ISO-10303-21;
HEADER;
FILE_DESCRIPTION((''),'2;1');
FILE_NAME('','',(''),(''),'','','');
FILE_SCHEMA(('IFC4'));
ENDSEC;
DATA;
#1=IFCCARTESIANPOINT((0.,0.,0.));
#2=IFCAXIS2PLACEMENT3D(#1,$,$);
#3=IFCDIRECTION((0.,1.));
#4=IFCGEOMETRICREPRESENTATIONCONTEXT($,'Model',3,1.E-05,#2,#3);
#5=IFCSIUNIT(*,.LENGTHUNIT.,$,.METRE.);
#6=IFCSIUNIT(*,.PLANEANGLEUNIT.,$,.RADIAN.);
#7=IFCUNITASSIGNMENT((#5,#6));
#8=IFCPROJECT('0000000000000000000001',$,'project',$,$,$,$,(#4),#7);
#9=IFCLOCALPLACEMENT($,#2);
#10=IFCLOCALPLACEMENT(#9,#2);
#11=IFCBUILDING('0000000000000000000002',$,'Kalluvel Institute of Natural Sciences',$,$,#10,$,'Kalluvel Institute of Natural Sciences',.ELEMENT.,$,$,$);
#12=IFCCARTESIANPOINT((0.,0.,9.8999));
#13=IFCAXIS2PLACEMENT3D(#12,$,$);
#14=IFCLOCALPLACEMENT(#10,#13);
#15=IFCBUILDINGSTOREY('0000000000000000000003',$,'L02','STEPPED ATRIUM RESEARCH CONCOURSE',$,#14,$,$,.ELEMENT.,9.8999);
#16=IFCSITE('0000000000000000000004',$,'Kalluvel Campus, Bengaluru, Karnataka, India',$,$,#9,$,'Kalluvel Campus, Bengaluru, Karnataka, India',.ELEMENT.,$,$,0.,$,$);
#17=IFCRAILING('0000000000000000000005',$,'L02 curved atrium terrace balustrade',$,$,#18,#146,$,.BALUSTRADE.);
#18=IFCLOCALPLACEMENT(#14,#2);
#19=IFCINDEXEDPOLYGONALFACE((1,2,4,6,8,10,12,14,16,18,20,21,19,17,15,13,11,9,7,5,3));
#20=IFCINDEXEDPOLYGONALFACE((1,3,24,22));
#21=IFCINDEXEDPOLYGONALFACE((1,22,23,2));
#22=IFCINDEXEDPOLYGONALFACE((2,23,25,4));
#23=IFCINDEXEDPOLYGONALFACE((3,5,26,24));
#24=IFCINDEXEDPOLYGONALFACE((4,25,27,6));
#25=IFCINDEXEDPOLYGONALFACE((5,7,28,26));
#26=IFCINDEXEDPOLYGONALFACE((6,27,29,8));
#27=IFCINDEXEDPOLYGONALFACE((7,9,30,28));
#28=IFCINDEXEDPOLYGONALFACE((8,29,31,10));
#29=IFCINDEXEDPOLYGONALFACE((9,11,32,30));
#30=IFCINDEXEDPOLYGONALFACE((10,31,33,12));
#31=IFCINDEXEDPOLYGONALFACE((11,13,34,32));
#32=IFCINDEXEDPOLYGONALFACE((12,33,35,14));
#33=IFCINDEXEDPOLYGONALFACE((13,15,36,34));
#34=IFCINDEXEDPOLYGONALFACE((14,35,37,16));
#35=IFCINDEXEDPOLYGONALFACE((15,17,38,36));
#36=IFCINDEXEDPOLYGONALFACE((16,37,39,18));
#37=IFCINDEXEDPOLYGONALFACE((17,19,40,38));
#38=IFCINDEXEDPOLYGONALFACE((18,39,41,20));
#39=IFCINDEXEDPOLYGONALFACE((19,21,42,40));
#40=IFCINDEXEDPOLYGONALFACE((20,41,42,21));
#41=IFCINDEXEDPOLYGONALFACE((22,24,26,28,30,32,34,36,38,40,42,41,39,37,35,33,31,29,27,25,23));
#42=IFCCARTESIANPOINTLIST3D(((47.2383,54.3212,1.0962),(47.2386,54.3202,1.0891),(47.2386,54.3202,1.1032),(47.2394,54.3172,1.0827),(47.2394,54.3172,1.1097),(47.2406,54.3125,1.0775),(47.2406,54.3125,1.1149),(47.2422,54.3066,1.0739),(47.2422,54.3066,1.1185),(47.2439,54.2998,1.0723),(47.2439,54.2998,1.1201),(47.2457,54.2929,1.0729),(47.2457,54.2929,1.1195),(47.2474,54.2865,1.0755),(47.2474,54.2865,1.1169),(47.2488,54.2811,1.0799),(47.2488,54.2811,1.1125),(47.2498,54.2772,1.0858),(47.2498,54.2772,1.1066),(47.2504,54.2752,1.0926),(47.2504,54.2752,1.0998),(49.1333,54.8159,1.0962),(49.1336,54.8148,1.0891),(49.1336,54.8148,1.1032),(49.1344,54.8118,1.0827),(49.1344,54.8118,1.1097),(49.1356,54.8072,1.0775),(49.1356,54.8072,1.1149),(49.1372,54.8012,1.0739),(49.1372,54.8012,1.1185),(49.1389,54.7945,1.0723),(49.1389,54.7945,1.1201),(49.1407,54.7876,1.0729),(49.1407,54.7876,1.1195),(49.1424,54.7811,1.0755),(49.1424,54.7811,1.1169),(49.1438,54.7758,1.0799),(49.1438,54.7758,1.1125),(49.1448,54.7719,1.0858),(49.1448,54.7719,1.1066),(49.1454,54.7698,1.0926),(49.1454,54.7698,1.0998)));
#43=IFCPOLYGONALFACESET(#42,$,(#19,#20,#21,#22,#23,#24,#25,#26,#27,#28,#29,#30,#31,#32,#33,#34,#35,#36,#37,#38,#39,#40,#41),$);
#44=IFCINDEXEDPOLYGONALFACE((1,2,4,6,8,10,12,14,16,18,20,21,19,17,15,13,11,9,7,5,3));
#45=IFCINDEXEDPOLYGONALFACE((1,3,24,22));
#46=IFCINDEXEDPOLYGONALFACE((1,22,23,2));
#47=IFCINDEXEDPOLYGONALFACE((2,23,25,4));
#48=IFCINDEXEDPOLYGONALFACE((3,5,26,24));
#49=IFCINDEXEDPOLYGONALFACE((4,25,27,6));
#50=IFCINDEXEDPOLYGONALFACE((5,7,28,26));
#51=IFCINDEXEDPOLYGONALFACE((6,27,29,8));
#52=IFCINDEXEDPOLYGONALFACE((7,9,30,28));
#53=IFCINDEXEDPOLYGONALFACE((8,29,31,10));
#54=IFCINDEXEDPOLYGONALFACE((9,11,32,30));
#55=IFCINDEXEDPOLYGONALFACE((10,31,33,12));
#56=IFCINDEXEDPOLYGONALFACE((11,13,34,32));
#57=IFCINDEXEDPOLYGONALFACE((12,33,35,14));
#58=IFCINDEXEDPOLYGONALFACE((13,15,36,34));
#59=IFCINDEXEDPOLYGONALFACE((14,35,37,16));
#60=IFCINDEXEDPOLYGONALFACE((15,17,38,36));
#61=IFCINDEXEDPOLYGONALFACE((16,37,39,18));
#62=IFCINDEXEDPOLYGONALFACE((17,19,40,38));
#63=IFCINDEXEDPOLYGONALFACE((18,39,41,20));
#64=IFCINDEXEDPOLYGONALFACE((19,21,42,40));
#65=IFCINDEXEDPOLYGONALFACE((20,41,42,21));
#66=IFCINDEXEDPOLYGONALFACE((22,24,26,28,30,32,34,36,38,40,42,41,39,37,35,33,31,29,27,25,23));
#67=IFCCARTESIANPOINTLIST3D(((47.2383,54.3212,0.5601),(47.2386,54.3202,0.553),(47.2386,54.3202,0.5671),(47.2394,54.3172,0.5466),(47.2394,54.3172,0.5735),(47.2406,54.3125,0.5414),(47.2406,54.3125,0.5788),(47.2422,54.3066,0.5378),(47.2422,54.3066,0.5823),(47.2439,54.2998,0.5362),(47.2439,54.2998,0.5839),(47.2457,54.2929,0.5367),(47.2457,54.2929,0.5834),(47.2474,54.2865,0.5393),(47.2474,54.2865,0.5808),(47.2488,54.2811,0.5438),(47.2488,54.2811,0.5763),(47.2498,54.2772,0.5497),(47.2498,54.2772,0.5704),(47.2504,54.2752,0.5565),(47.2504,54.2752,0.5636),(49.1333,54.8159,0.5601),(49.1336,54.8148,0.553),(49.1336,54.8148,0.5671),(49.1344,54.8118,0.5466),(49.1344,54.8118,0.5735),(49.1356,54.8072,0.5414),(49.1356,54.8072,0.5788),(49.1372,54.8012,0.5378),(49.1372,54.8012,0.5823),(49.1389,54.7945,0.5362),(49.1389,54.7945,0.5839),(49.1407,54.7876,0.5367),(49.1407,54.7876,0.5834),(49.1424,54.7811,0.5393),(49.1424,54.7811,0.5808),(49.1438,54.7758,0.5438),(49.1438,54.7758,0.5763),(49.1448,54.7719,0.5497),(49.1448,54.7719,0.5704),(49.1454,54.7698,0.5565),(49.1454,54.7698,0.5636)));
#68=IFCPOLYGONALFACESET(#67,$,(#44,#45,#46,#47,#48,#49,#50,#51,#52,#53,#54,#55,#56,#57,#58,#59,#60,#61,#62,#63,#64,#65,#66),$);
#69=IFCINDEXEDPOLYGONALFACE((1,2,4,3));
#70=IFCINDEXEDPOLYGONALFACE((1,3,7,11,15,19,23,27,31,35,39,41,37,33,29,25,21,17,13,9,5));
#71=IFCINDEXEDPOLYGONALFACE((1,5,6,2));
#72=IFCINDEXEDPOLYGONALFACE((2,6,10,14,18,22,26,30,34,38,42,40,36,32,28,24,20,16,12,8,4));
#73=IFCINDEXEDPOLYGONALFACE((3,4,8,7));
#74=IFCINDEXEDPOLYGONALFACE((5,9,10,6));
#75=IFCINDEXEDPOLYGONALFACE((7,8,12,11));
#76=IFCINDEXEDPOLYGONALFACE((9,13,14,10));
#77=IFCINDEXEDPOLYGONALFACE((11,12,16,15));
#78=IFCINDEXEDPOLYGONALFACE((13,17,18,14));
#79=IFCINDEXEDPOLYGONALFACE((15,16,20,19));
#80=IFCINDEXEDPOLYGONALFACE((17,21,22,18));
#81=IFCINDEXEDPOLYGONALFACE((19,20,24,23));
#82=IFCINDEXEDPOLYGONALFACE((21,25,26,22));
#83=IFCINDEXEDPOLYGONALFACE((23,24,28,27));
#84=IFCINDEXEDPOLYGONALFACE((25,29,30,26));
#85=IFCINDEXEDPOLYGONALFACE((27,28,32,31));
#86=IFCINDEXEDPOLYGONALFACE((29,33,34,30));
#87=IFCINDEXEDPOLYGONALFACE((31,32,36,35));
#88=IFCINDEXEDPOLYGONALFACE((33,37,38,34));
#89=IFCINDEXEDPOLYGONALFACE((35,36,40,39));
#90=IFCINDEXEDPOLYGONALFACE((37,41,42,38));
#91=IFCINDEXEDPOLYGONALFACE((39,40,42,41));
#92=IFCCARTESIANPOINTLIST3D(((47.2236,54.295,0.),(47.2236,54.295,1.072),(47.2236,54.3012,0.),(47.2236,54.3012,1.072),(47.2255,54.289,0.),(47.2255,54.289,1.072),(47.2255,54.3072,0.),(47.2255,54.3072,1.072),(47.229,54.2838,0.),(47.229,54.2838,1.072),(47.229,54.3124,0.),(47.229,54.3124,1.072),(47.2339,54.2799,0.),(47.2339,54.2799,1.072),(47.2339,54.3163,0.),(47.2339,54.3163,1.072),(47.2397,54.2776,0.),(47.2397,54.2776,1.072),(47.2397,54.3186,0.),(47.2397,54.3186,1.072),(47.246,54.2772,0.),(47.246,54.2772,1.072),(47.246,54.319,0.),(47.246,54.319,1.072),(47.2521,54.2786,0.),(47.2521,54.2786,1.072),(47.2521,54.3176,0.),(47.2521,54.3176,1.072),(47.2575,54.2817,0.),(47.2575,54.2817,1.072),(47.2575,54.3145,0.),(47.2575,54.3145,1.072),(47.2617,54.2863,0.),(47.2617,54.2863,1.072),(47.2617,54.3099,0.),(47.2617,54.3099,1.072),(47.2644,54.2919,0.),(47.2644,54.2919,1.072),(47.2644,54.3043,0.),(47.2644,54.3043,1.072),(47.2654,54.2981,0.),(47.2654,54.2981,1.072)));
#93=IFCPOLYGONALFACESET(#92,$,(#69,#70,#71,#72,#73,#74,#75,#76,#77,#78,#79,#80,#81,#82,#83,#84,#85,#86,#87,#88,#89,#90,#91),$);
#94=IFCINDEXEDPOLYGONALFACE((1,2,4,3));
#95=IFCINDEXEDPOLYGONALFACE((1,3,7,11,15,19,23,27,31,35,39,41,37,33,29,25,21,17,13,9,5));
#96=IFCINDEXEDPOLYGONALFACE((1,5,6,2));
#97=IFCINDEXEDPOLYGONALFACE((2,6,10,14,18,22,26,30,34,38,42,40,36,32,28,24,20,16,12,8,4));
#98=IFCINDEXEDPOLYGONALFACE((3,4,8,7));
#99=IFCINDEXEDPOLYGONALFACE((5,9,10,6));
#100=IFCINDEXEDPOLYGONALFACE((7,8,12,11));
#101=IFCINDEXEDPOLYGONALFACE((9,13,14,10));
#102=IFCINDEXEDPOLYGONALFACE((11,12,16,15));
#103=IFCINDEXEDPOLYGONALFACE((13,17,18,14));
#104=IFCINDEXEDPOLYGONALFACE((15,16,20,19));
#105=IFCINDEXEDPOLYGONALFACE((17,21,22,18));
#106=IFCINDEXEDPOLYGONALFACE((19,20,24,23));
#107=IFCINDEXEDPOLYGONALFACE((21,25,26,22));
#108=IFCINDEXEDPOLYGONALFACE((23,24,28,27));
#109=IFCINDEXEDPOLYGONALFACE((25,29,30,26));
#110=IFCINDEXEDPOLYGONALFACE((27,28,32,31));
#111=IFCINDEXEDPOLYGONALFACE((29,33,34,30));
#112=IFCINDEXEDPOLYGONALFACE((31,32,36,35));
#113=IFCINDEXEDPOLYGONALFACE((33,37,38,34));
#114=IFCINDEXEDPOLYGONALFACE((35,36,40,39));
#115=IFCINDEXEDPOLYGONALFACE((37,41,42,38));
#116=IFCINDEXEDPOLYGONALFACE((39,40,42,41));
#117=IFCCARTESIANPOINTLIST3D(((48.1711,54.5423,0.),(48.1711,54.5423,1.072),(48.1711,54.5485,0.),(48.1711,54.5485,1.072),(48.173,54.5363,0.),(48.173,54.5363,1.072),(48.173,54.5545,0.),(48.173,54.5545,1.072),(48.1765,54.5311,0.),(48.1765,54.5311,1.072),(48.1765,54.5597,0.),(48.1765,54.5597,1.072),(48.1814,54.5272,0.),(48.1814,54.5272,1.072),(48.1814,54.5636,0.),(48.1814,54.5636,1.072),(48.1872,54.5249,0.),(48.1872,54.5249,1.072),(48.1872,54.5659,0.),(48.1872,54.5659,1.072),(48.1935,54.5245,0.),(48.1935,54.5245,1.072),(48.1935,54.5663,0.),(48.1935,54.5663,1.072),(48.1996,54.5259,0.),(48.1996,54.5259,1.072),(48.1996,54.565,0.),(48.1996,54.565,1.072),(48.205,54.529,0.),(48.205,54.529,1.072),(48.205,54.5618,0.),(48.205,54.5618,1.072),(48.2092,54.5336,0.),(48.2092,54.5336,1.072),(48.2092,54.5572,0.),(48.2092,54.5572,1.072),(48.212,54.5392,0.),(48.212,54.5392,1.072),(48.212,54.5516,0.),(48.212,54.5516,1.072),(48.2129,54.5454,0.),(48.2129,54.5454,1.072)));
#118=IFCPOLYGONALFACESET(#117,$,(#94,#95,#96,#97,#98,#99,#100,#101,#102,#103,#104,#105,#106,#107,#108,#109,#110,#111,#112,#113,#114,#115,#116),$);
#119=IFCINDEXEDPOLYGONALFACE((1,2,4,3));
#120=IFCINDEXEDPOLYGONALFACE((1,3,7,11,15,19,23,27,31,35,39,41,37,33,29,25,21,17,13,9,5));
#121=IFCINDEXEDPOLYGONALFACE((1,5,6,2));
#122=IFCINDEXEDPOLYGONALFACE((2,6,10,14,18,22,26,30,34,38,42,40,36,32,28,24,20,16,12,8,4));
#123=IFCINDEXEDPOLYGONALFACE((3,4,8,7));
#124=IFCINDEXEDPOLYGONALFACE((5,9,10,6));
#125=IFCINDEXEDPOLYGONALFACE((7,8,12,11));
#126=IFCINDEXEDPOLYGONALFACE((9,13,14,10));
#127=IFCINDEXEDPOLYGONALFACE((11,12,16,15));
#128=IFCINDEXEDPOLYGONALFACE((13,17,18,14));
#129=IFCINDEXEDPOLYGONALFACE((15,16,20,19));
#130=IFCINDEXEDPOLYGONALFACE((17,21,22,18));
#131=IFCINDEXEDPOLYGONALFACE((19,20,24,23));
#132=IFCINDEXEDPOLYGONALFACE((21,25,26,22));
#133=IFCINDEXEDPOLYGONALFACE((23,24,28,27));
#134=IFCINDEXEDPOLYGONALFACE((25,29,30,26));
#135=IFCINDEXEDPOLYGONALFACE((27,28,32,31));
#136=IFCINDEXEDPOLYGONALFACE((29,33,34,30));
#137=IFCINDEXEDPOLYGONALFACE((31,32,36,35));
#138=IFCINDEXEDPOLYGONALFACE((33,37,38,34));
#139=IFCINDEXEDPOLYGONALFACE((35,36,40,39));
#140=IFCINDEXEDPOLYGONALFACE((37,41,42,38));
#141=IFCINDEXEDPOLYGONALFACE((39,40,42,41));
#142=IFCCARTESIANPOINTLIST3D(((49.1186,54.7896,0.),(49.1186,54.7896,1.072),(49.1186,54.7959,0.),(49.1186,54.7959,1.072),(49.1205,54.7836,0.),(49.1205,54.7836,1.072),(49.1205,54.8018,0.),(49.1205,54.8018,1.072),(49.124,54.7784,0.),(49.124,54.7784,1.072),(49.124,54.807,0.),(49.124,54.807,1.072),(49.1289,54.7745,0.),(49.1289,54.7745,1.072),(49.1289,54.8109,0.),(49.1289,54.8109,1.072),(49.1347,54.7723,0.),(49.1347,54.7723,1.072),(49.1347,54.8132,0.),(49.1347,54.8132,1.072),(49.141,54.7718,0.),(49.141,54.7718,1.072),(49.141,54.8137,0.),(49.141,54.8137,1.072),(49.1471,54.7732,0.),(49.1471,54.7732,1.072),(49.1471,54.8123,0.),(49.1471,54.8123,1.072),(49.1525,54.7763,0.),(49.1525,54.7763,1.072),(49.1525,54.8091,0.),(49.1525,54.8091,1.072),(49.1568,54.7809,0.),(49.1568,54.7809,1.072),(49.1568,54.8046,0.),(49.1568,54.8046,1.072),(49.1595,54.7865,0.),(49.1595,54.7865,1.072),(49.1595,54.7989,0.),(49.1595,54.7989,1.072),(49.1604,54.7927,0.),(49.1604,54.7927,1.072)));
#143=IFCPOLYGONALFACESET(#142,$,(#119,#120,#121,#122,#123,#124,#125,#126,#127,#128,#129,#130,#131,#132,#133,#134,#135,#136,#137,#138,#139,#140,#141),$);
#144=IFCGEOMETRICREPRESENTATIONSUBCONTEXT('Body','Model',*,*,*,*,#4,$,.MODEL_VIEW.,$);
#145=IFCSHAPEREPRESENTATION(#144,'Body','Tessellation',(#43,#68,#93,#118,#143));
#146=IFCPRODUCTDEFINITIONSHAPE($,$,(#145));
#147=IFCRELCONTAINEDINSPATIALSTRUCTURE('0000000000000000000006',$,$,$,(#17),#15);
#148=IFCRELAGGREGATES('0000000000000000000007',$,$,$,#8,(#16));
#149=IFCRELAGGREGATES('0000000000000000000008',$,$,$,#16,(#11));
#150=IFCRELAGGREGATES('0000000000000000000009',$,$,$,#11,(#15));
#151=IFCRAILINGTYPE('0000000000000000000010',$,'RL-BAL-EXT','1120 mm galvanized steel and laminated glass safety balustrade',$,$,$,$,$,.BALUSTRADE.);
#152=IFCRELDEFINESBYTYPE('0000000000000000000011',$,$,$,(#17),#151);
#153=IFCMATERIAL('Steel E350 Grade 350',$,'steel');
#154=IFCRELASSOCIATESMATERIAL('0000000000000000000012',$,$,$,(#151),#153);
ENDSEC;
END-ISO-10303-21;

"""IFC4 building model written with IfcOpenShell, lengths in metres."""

from ifc_helpers import new_model, si_unit, direction, frame, origin, origin_2d, place, context, subcontext, project, spatial, circle, extrude, material, type_object, element, save


model = new_model("IFC4")

# Units and contexts
model_context = context("Model", 3, precision=1e-05, world=origin(), true_north=direction((0.0, 1.0)))
body_context = subcontext(model_context, "Body", "Model", "MODEL_VIEW")
ifc_project = project(units=[si_unit("LENGTHUNIT", "METRE"), si_unit("PLANEANGLEUNIT", "RADIAN")], contexts=[model_context])

# Site, building, storey
site_placement = place(None, origin())
site = spatial("IfcSite", under=ifc_project, at=site_placement, Name="Kalluvel Campus, Bengaluru, Karnataka, India", LongName="Kalluvel Campus, Bengaluru, Karnataka, India", CompositionType="ELEMENT", RefElevation=0.0)
building_placement = place(site_placement, origin())
building = spatial("IfcBuilding", under=site, at=building_placement, Name="Kalluvel Institute of Natural Sciences", LongName="Kalluvel Institute of Natural Sciences", CompositionType="ELEMENT")
storey_placement = place(building_placement, frame((0.0, 0.0, 9.8999)))
storey = spatial("IfcBuildingStorey", under=building, at=storey_placement, Name="L02", Description="STEPPED ATRIUM RESEARCH CONCOURSE", CompositionType="ELEMENT", Elevation=9.8999)

# Railing
ifc_material_1 = material(Name="Steel E350 Grade 350", Category="steel")
railing_type = type_object("IfcRailingType", Name="RL-BAL-EXT", Description="1120 mm galvanized steel and laminated glass safety balustrade", PredefinedType="BALUSTRADE", material=ifc_material_1)
railing_1_placement = place(storey_placement, frame((47.2444, 54.2981, 0.0)))
element("IfcRailing", 1, at=railing_1_placement, inside=storey, type_object=railing_type, Name="L02 curved atrium terrace balustrade", PredefinedType="BALUSTRADE", context=body_context, shape_type="SweptSolid", body=[
    extrude(circle(Radius=0.0239, at=origin_2d()), frame((0.0, 0.0, 1.0962), z_axis=(0.967583, 0.252554, 0.0), x_axis=(-0.252554, 0.967583, 0.0)), (0.0, 0.0, 1.0), 1.9585),
    extrude(circle(Radius=0.0239, at=origin_2d()), frame((0.0, 0.0, 0.5601), z_axis=(0.967583, 0.252554, 0.0), x_axis=(-0.252554, 0.967583, 0.0)), (0.0, 0.0, 1.0), 1.9585),
    extrude(circle(Radius=0.021, at=origin_2d()), origin(), (0.0, 0.0, 1.0), 1.072),
    extrude(circle(Radius=0.021, at=origin_2d()), frame((0.9475, 0.2473, 0.0)), (0.0, 0.0, 1.0), 1.072),
    extrude(circle(Radius=0.021, at=origin_2d()), frame((1.895, 0.4946, 0.0)), (0.0, 0.0, 1.0), 1.072),
])

save(model, "model.ifc")
